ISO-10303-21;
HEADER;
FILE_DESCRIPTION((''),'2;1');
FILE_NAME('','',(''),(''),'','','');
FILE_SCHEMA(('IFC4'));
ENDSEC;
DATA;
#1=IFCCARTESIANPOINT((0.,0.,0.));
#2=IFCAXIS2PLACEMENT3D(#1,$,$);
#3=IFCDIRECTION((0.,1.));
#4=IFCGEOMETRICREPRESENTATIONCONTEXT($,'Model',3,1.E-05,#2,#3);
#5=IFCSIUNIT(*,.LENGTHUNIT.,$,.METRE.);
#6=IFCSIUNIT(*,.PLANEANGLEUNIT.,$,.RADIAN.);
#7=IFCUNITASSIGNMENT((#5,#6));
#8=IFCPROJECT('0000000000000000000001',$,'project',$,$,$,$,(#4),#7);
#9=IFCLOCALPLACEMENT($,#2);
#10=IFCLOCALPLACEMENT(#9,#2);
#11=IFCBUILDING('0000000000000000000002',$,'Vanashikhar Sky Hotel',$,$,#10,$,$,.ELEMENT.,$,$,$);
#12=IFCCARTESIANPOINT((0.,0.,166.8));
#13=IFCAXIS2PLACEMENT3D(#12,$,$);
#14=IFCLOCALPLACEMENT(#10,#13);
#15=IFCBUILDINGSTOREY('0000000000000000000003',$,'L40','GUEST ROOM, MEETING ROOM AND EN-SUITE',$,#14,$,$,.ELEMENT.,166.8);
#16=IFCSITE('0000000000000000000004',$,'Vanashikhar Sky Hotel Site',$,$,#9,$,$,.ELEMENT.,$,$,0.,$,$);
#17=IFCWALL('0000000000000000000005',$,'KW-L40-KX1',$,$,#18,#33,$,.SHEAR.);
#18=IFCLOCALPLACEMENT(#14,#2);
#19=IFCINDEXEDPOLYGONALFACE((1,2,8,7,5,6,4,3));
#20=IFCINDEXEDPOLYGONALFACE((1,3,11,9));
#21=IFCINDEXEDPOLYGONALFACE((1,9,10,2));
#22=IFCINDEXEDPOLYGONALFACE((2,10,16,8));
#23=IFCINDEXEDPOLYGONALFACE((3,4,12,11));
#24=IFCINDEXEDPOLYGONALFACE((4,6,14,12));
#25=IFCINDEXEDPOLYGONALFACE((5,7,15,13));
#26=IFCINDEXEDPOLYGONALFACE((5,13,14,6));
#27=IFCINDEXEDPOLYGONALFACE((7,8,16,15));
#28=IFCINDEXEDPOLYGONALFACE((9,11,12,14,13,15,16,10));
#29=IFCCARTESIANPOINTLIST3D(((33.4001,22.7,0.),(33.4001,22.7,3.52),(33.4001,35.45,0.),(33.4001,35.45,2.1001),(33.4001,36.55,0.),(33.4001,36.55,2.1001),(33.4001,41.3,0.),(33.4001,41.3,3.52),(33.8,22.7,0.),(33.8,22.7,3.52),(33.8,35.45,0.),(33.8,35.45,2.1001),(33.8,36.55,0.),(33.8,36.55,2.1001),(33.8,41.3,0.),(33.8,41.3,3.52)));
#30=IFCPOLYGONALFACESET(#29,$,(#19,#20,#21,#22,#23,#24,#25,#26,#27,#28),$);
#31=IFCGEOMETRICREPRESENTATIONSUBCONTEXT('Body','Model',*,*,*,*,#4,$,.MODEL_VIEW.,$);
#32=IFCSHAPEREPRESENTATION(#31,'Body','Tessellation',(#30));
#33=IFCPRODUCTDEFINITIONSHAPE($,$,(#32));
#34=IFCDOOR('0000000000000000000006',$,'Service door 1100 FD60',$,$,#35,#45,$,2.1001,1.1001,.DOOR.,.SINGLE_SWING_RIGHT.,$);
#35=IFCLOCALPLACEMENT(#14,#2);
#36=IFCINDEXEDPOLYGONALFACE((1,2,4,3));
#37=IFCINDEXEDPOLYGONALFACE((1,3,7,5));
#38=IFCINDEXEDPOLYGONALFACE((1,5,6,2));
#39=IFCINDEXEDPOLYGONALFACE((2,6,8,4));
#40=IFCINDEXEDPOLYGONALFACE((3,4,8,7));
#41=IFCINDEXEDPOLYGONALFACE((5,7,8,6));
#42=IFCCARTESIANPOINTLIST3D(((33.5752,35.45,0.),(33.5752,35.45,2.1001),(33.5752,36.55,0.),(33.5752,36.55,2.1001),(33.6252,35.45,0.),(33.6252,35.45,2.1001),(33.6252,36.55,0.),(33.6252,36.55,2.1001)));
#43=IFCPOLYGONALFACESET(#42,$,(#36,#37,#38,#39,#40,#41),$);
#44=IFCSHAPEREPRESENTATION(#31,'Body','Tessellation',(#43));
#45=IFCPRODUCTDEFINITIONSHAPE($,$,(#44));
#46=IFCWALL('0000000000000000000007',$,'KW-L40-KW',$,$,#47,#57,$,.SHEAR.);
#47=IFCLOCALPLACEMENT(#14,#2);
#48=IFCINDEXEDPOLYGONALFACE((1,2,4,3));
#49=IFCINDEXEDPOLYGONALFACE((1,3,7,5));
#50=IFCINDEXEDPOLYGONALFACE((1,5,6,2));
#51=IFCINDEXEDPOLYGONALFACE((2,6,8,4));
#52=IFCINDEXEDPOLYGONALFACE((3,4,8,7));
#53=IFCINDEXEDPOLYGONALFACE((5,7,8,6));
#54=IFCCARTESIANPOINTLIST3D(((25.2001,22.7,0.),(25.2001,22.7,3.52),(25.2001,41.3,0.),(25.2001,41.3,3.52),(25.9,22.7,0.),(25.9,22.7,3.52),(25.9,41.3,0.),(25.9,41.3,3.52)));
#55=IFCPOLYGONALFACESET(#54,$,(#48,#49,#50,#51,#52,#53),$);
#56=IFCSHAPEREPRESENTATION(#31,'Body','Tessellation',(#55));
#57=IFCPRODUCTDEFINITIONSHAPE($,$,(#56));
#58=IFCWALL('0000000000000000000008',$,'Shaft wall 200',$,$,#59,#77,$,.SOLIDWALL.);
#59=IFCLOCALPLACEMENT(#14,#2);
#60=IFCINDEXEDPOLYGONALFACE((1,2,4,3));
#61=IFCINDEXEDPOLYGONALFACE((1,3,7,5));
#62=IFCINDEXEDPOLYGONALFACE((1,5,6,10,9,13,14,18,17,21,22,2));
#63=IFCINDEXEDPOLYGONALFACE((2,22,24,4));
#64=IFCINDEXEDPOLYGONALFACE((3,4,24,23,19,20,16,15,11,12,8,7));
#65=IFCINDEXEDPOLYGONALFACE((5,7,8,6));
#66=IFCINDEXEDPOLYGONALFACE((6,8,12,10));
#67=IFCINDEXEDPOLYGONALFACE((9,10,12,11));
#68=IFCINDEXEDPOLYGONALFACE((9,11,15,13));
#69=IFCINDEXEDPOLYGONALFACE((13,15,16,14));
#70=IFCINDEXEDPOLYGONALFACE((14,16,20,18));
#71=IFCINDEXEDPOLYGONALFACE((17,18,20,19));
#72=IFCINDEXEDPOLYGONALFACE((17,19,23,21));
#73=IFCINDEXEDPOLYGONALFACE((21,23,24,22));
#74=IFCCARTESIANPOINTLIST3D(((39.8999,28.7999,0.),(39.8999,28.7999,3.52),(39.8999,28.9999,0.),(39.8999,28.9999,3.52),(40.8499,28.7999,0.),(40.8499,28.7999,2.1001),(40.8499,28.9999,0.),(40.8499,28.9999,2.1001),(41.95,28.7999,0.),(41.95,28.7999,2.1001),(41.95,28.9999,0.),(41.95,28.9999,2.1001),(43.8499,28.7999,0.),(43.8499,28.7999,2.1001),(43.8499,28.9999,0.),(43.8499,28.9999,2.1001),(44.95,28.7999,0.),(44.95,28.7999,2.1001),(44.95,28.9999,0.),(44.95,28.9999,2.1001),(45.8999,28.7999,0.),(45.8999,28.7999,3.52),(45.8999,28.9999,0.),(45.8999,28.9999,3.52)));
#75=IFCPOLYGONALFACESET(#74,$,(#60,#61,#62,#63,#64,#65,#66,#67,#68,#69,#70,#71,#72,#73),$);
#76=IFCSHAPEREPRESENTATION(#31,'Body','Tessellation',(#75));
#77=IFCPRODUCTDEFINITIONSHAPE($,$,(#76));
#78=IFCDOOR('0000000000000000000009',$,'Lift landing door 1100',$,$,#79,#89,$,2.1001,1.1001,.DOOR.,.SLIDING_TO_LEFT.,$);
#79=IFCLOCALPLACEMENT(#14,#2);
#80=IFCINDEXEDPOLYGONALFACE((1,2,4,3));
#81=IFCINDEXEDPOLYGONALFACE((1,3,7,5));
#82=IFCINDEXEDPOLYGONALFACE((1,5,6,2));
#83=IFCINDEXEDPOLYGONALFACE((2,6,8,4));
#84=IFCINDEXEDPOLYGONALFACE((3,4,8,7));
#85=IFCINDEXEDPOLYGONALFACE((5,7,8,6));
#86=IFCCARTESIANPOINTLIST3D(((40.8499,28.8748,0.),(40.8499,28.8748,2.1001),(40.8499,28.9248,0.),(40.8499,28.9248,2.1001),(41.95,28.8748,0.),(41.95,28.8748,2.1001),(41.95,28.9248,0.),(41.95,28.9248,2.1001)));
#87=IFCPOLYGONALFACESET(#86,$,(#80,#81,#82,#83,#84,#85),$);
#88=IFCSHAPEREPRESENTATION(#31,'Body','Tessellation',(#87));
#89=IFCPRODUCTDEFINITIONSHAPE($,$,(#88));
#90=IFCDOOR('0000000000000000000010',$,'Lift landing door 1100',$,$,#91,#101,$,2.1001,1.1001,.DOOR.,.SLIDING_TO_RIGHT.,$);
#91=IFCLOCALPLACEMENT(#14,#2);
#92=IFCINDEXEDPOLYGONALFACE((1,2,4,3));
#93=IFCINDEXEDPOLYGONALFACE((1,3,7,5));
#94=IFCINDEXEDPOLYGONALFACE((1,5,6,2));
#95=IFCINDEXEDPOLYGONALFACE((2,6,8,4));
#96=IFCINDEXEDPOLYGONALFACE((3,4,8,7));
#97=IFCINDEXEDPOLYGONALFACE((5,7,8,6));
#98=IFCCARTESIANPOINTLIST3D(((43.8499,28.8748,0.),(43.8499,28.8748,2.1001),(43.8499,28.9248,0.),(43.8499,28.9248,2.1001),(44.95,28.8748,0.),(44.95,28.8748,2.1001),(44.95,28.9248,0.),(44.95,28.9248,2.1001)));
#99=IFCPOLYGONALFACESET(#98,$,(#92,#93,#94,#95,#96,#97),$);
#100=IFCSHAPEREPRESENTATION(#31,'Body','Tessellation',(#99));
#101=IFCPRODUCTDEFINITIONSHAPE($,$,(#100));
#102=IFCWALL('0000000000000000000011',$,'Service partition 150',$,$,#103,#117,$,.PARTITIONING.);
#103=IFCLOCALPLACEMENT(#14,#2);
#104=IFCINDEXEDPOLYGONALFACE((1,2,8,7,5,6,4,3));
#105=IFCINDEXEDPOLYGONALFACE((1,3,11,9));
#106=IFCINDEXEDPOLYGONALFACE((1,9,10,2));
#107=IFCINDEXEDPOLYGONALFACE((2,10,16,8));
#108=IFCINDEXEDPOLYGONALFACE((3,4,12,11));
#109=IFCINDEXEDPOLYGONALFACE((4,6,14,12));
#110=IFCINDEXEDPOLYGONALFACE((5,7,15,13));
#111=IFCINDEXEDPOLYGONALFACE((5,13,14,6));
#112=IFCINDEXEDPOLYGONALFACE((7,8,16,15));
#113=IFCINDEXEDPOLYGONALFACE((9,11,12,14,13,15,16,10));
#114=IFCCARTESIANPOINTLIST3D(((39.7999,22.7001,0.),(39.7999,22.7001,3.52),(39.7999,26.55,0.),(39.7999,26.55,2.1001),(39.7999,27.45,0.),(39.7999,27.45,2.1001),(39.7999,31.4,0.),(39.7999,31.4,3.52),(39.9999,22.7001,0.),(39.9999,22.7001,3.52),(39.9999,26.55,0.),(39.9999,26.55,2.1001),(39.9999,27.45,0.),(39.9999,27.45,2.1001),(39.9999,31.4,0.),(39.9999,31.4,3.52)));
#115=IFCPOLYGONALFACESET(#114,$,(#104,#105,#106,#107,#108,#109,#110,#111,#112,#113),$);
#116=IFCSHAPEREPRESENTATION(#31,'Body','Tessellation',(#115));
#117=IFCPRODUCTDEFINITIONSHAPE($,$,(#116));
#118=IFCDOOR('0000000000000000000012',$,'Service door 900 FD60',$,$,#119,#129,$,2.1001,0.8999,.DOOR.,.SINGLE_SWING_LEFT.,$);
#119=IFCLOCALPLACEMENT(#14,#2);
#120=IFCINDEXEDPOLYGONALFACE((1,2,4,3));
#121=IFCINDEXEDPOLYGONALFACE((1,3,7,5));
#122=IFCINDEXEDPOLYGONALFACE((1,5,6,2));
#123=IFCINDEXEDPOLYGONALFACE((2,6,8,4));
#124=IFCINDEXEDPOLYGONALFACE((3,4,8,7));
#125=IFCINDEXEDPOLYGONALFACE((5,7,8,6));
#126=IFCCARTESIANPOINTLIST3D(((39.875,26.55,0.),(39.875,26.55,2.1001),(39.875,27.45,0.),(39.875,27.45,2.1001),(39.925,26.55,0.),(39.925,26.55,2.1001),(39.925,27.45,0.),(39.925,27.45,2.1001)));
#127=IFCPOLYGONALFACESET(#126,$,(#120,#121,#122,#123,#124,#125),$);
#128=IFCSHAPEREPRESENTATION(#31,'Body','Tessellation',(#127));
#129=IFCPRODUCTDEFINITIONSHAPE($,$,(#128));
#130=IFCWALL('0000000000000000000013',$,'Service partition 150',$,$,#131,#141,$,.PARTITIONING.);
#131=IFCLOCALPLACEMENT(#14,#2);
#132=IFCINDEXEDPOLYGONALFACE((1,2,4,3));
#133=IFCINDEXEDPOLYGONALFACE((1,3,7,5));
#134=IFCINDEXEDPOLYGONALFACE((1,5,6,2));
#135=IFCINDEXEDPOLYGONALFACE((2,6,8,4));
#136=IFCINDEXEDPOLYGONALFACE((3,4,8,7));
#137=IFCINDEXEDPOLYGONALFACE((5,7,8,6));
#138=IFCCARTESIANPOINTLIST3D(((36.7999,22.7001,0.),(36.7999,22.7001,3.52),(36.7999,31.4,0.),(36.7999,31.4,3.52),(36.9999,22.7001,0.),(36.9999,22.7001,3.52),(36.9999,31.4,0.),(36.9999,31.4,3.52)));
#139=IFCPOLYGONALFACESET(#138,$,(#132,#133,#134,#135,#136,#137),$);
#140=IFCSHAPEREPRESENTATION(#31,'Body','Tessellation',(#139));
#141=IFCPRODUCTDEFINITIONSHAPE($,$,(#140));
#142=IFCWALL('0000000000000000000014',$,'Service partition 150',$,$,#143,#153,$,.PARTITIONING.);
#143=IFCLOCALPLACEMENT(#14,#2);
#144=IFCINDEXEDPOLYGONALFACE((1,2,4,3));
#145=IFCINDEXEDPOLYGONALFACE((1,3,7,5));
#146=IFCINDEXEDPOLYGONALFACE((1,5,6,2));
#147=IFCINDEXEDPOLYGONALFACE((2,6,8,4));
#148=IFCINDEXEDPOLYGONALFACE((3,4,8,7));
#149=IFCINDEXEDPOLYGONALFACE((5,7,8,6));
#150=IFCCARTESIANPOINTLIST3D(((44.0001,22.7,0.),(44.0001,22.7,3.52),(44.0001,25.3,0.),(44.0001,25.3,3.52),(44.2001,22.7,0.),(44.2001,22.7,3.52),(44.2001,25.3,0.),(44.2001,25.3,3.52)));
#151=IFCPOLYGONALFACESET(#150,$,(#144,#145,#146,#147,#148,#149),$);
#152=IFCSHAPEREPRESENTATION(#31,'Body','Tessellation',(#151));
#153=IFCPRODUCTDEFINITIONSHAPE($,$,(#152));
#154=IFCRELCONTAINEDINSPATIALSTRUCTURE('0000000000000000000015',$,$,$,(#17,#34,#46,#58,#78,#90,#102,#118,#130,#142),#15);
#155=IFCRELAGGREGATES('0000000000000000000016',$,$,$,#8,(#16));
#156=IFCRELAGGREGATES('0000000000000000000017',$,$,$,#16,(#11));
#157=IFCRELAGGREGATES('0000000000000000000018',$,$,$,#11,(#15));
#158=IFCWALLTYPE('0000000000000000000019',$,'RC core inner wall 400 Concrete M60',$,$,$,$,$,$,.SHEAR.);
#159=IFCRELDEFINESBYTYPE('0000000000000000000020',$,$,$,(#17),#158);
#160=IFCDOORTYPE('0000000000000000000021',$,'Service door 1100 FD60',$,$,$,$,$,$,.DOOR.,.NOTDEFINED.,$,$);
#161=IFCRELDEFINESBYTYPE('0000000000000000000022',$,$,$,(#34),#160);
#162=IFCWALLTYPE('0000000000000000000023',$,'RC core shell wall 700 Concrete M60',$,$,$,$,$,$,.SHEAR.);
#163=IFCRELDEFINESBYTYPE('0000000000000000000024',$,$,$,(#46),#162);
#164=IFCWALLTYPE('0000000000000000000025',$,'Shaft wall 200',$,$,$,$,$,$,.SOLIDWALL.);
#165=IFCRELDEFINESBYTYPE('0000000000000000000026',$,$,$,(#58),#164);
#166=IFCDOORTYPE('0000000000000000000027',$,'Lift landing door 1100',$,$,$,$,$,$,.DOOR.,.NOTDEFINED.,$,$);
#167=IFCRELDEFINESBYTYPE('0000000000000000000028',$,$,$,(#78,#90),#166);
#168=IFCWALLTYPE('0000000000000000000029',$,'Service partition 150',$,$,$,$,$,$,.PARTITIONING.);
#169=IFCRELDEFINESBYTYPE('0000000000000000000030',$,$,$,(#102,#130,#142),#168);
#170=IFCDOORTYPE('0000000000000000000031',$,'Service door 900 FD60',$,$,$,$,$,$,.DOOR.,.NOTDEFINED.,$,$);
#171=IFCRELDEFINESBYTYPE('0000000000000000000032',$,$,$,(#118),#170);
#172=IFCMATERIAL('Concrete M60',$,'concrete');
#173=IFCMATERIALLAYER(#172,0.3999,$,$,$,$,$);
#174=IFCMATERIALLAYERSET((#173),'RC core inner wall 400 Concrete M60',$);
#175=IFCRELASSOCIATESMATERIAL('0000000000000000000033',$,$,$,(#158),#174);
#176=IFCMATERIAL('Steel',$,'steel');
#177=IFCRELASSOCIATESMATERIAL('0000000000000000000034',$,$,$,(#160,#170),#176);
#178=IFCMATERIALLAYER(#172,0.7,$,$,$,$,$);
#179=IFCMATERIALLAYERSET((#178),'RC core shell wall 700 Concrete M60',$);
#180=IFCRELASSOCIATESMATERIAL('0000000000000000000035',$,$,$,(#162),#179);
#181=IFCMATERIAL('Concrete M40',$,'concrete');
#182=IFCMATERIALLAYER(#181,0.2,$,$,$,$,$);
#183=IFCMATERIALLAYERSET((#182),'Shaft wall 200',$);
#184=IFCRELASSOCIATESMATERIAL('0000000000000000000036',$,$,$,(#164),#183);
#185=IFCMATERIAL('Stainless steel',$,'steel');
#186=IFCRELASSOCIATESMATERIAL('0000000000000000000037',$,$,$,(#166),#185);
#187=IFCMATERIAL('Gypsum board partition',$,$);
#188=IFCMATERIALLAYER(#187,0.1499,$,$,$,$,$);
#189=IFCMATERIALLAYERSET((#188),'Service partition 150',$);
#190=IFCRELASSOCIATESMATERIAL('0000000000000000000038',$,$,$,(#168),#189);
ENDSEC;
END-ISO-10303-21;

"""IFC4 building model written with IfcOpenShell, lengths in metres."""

from ifc_helpers import new_model, si_unit, direction, frame, frame_2d, origin, place, context, subcontext, project, spatial, rectangle, extrude, source, transform, mapped, material, layer, layer_set, type_object, element, fill, save


model = new_model("IFC4")

# Units and contexts
model_context = context("Model", 3, precision=1e-05, world=origin(), true_north=direction((0.0, 1.0)))
body_context = subcontext(model_context, "Body", "Model", "MODEL_VIEW")
ifc_project = project(units=[si_unit("LENGTHUNIT", "METRE"), si_unit("PLANEANGLEUNIT", "RADIAN")], contexts=[model_context])

# Site, building, storey
site_placement = place(None, origin())
site = spatial("IfcSite", under=ifc_project, at=site_placement, Name="Vanashikhar Sky Hotel Site", CompositionType="ELEMENT", RefElevation=0.0)
building_placement = place(site_placement, origin())
building = spatial("IfcBuilding", under=site, at=building_placement, Name="Vanashikhar Sky Hotel", CompositionType="ELEMENT")
storey_placement = place(building_placement, frame((0.0, 0.0, 166.8)))
storey = spatial("IfcBuildingStorey", under=building, at=storey_placement, Name="L40", Description="GUEST ROOM, MEETING ROOM AND EN-SUITE", CompositionType="ELEMENT", Elevation=166.8)

# Wall, opening, door
ifc_material_1 = material(Name="Concrete M60", Category="concrete")
ifc_layer_1 = layer(ifc_material_1, 0.3999)
ifc_layer_set_1 = layer_set([ifc_layer_1], Name="RC core inner wall 400 Concrete M60")
wall_type_1 = type_object("IfcWallType", Name="RC core inner wall 400 Concrete M60", PredefinedType="SHEAR", material=ifc_layer_set_1)
shared_shape_1 = source(origin(), body_context, "Body", "SweptSolid", [
    extrude(rectangle(XDim=18.6001, YDim=0.3999, at=frame_2d((9.3, 0.0))), origin(), (0.0, 0.0, 1.0), 3.52),
])
wall_1_placement = place(storey_placement, frame((33.6001, 22.7, 0.0), z_axis=(0.0, 0.0, 1.0), x_axis=(0.0, 1.0, 0.0)))
wall_1 = element("IfcWall", 1, at=wall_1_placement, inside=storey, type_object=wall_type_1, Name="KW-L40-KX1", PredefinedType="SHEAR", context=body_context, shape_type="MappedRepresentation", body=[
    mapped(shared_shape_1, transform((0.0, 0.0, 0.0), scale=1.0)),
])
shared_shape_2 = source(origin(), body_context, "Body", "SweptSolid", [
    extrude(rectangle(XDim=1.1001, YDim=2.1001, at=frame_2d((0.55, 1.05))), frame((0.0, 0.21, 0.0), z_axis=(0.0, -1.0, 0.0), x_axis=(1.0, 0.0, 0.0)), (0.0, 0.0, 1.0), 0.4199),
])
opening_1_placement = place(wall_1_placement, frame((12.75, 0.0, 0.0)))
opening_1 = element("IfcOpeningElement", 2, at=opening_1_placement, cuts=wall_1, PredefinedType="OPENING", context=body_context, shape_type="MappedRepresentation", body=[
    mapped(shared_shape_2, transform((0.0, 0.0, 0.0), scale=1.0)),
])
ifc_material_2 = material(Name="Steel", Category="steel")
door_type_1 = type_object("IfcDoorType", Name="Service door 1100 FD60", OperationType="NOTDEFINED", PredefinedType="DOOR", material=ifc_material_2)
shared_shape_3 = source(origin(), body_context, "Body", "SweptSolid", [
    extrude(rectangle(XDim=1.1001, YDim=2.1001, at=frame_2d((0.55, 1.05))), frame((0.0, 0.0249, 0.0), z_axis=(0.0, -1.0, 0.0), x_axis=(1.0, 0.0, 0.0)), (0.0, 0.0, 1.0), 0.05),
])
door_1_placement = place(opening_1_placement, origin())
door_1 = element("IfcDoor", 3, at=door_1_placement, inside=storey, type_object=door_type_1, Name="Service door 1100 FD60", OperationType="SINGLE_SWING_RIGHT", OverallHeight=2.1001, OverallWidth=1.1001, PredefinedType="DOOR", context=body_context, shape_type="MappedRepresentation", body=[
    mapped(shared_shape_3, transform((0.0, 0.0, 0.0), scale=1.0)),
])
fill(opening_1, door_1)

# Wall
ifc_layer_2 = layer(ifc_material_1, 0.7)
ifc_layer_set_2 = layer_set([ifc_layer_2], Name="RC core shell wall 700 Concrete M60")
wall_type_2 = type_object("IfcWallType", Name="RC core shell wall 700 Concrete M60", PredefinedType="SHEAR", material=ifc_layer_set_2)
shared_shape_4 = source(origin(), body_context, "Body", "SweptSolid", [
    extrude(rectangle(XDim=18.6001, YDim=0.7, at=frame_2d((9.3, 0.0))), origin(), (0.0, 0.0, 1.0), 3.52),
])
wall_2_placement = place(storey_placement, frame((25.55, 22.7, 0.0), z_axis=(0.0, 0.0, 1.0), x_axis=(0.0, 1.0, 0.0)))
element("IfcWall", 4, at=wall_2_placement, inside=storey, type_object=wall_type_2, Name="KW-L40-KW", PredefinedType="SHEAR", context=body_context, shape_type="MappedRepresentation", body=[
    mapped(shared_shape_4, transform((0.0, 0.0, 0.0), scale=1.0)),
])

# Wall, openings, doors
ifc_material_3 = material(Name="Concrete M40", Category="concrete")
ifc_layer_3 = layer(ifc_material_3, 0.2)
ifc_layer_set_3 = layer_set([ifc_layer_3], Name="Shaft wall 200")
wall_type_3 = type_object("IfcWallType", Name="Shaft wall 200", PredefinedType="SOLIDWALL", material=ifc_layer_set_3)
shared_shape_5 = source(origin(), body_context, "Body", "SweptSolid", [
    extrude(rectangle(XDim=6.0, YDim=0.2, at=frame_2d((3.0, 0.0))), origin(), (0.0, 0.0, 1.0), 3.52),
])
wall_3_placement = place(storey_placement, frame((39.8999, 28.8999, 0.0), z_axis=(0.0, 0.0, 1.0), x_axis=(1.0, 0.0, 0.0)))
wall_3 = element("IfcWall", 5, at=wall_3_placement, inside=storey, type_object=wall_type_3, Name="Shaft wall 200", PredefinedType="SOLIDWALL", context=body_context, shape_type="MappedRepresentation", body=[
    mapped(shared_shape_5, transform((0.0, 0.0, 0.0), scale=1.0)),
])
shared_shape_6 = source(origin(), body_context, "Body", "SweptSolid", [
    extrude(rectangle(XDim=1.1001, YDim=2.1001, at=frame_2d((0.55, 1.05))), frame((0.0, 0.1099, 0.0), z_axis=(0.0, -1.0, 0.0), x_axis=(1.0, 0.0, 0.0)), (0.0, 0.0, 1.0), 0.22),
])
opening_2_placement = place(wall_3_placement, frame((0.95, 0.0, 0.0)))
opening_2 = element("IfcOpeningElement", 6, at=opening_2_placement, cuts=wall_3, PredefinedType="OPENING", context=body_context, shape_type="MappedRepresentation", body=[
    mapped(shared_shape_6, transform((0.0, 0.0, 0.0), scale=1.0)),
])
opening_3_placement = place(wall_3_placement, frame((3.95, 0.0, 0.0)))
opening_3 = element("IfcOpeningElement", 7, at=opening_3_placement, cuts=wall_3, PredefinedType="OPENING", context=body_context, shape_type="MappedRepresentation", body=[
    mapped(shared_shape_6, transform((0.0, 0.0, 0.0), scale=1.0)),
])
ifc_material_4 = material(Name="Stainless steel", Category="steel")
door_type_2 = type_object("IfcDoorType", Name="Lift landing door 1100", OperationType="NOTDEFINED", PredefinedType="DOOR", material=ifc_material_4)
door_2_placement = place(opening_2_placement, origin())
door_2 = element("IfcDoor", 8, at=door_2_placement, inside=storey, type_object=door_type_2, Name="Lift landing door 1100", OperationType="SLIDING_TO_LEFT", OverallHeight=2.1001, OverallWidth=1.1001, PredefinedType="DOOR", context=body_context, shape_type="MappedRepresentation", body=[
    mapped(shared_shape_3, transform((0.0, 0.0, 0.0), scale=1.0)),
])
fill(opening_2, door_2)
door_3_placement = place(opening_3_placement, origin())
door_3 = element("IfcDoor", 9, at=door_3_placement, inside=storey, type_object=door_type_2, Name="Lift landing door 1100", OperationType="SLIDING_TO_RIGHT", OverallHeight=2.1001, OverallWidth=1.1001, PredefinedType="DOOR", context=body_context, shape_type="MappedRepresentation", body=[
    mapped(shared_shape_3, transform((0.0, 0.0, 0.0), scale=1.0)),
])
fill(opening_3, door_3)

# Wall, opening, door
ifc_material_5 = material(Name="Gypsum board partition")
ifc_layer_4 = layer(ifc_material_5, 0.1499)
ifc_layer_set_4 = layer_set([ifc_layer_4], Name="Service partition 150")
wall_type_4 = type_object("IfcWallType", Name="Service partition 150", PredefinedType="PARTITIONING", material=ifc_layer_set_4)
shared_shape_7 = source(origin(), body_context, "Body", "SweptSolid", [
    extrude(rectangle(XDim=8.7, YDim=0.2, at=frame_2d((4.3501, 0.0))), origin(), (0.0, 0.0, 1.0), 3.52),
])
wall_4_placement = place(storey_placement, frame((39.8999, 22.7, 0.0), z_axis=(0.0, 0.0, 1.0), x_axis=(0.0, 1.0, 0.0)))
wall_4 = element("IfcWall", 10, at=wall_4_placement, inside=storey, type_object=wall_type_4, Name="Service partition 150", PredefinedType="PARTITIONING", context=body_context, shape_type="MappedRepresentation", body=[
    mapped(shared_shape_7, transform((0.0, 0.0, 0.0), scale=1.0)),
])
shared_shape_8 = source(origin(), body_context, "Body", "SweptSolid", [
    extrude(rectangle(XDim=0.8999, YDim=2.1001, at=frame_2d((0.45, 1.05))), frame((0.0, 0.1099, 0.0), z_axis=(0.0, -1.0, 0.0), x_axis=(1.0, 0.0, 0.0)), (0.0, 0.0, 1.0), 0.22),
])
opening_4_placement = place(wall_4_placement, frame((3.8501, 0.0, 0.0)))
opening_4 = element("IfcOpeningElement", 11, at=opening_4_placement, cuts=wall_4, PredefinedType="OPENING", context=body_context, shape_type="MappedRepresentation", body=[
    mapped(shared_shape_8, transform((0.0, 0.0, 0.0), scale=1.0)),
])
door_type_3 = type_object("IfcDoorType", Name="Service door 900 FD60", OperationType="NOTDEFINED", PredefinedType="DOOR", material=ifc_material_2)
shared_shape_9 = source(origin(), body_context, "Body", "SweptSolid", [
    extrude(rectangle(XDim=0.8999, YDim=2.1001, at=frame_2d((0.45, 1.05))), frame((0.0, 0.0249, 0.0), z_axis=(0.0, -1.0, 0.0), x_axis=(1.0, 0.0, 0.0)), (0.0, 0.0, 1.0), 0.05),
])
door_4_placement = place(opening_4_placement, origin())
door_4 = element("IfcDoor", 12, at=door_4_placement, inside=storey, type_object=door_type_3, Name="Service door 900 FD60", OperationType="SINGLE_SWING_LEFT", OverallHeight=2.1001, OverallWidth=0.8999, PredefinedType="DOOR", context=body_context, shape_type="MappedRepresentation", body=[
    mapped(shared_shape_9, transform((0.0, 0.0, 0.0), scale=1.0)),
])
fill(opening_4, door_4)

# Walls
wall_5_placement = place(storey_placement, frame((36.8999, 22.7, 0.0), z_axis=(0.0, 0.0, 1.0), x_axis=(0.0, 1.0, 0.0)))
element("IfcWall", 13, at=wall_5_placement, inside=storey, type_object=wall_type_4, Name="Service partition 150", PredefinedType="PARTITIONING", context=body_context, shape_type="MappedRepresentation", body=[
    mapped(shared_shape_7, transform((0.0, 0.0, 0.0), scale=1.0)),
])
shared_shape_10 = source(origin(), body_context, "Body", "SweptSolid", [
    extrude(rectangle(XDim=2.6001, YDim=0.2, at=frame_2d((1.3, 0.0))), origin(), (0.0, 0.0, 1.0), 3.52),
])
wall_6_placement = place(storey_placement, frame((44.1001, 22.7, 0.0), z_axis=(0.0, 0.0, 1.0), x_axis=(0.0, 1.0, 0.0)))
element("IfcWall", 14, at=wall_6_placement, inside=storey, type_object=wall_type_4, Name="Service partition 150", PredefinedType="PARTITIONING", context=body_context, shape_type="MappedRepresentation", body=[
    mapped(shared_shape_10, transform((0.0, 0.0, 0.0), scale=1.0)),
])

save(model, "model.ifc")
